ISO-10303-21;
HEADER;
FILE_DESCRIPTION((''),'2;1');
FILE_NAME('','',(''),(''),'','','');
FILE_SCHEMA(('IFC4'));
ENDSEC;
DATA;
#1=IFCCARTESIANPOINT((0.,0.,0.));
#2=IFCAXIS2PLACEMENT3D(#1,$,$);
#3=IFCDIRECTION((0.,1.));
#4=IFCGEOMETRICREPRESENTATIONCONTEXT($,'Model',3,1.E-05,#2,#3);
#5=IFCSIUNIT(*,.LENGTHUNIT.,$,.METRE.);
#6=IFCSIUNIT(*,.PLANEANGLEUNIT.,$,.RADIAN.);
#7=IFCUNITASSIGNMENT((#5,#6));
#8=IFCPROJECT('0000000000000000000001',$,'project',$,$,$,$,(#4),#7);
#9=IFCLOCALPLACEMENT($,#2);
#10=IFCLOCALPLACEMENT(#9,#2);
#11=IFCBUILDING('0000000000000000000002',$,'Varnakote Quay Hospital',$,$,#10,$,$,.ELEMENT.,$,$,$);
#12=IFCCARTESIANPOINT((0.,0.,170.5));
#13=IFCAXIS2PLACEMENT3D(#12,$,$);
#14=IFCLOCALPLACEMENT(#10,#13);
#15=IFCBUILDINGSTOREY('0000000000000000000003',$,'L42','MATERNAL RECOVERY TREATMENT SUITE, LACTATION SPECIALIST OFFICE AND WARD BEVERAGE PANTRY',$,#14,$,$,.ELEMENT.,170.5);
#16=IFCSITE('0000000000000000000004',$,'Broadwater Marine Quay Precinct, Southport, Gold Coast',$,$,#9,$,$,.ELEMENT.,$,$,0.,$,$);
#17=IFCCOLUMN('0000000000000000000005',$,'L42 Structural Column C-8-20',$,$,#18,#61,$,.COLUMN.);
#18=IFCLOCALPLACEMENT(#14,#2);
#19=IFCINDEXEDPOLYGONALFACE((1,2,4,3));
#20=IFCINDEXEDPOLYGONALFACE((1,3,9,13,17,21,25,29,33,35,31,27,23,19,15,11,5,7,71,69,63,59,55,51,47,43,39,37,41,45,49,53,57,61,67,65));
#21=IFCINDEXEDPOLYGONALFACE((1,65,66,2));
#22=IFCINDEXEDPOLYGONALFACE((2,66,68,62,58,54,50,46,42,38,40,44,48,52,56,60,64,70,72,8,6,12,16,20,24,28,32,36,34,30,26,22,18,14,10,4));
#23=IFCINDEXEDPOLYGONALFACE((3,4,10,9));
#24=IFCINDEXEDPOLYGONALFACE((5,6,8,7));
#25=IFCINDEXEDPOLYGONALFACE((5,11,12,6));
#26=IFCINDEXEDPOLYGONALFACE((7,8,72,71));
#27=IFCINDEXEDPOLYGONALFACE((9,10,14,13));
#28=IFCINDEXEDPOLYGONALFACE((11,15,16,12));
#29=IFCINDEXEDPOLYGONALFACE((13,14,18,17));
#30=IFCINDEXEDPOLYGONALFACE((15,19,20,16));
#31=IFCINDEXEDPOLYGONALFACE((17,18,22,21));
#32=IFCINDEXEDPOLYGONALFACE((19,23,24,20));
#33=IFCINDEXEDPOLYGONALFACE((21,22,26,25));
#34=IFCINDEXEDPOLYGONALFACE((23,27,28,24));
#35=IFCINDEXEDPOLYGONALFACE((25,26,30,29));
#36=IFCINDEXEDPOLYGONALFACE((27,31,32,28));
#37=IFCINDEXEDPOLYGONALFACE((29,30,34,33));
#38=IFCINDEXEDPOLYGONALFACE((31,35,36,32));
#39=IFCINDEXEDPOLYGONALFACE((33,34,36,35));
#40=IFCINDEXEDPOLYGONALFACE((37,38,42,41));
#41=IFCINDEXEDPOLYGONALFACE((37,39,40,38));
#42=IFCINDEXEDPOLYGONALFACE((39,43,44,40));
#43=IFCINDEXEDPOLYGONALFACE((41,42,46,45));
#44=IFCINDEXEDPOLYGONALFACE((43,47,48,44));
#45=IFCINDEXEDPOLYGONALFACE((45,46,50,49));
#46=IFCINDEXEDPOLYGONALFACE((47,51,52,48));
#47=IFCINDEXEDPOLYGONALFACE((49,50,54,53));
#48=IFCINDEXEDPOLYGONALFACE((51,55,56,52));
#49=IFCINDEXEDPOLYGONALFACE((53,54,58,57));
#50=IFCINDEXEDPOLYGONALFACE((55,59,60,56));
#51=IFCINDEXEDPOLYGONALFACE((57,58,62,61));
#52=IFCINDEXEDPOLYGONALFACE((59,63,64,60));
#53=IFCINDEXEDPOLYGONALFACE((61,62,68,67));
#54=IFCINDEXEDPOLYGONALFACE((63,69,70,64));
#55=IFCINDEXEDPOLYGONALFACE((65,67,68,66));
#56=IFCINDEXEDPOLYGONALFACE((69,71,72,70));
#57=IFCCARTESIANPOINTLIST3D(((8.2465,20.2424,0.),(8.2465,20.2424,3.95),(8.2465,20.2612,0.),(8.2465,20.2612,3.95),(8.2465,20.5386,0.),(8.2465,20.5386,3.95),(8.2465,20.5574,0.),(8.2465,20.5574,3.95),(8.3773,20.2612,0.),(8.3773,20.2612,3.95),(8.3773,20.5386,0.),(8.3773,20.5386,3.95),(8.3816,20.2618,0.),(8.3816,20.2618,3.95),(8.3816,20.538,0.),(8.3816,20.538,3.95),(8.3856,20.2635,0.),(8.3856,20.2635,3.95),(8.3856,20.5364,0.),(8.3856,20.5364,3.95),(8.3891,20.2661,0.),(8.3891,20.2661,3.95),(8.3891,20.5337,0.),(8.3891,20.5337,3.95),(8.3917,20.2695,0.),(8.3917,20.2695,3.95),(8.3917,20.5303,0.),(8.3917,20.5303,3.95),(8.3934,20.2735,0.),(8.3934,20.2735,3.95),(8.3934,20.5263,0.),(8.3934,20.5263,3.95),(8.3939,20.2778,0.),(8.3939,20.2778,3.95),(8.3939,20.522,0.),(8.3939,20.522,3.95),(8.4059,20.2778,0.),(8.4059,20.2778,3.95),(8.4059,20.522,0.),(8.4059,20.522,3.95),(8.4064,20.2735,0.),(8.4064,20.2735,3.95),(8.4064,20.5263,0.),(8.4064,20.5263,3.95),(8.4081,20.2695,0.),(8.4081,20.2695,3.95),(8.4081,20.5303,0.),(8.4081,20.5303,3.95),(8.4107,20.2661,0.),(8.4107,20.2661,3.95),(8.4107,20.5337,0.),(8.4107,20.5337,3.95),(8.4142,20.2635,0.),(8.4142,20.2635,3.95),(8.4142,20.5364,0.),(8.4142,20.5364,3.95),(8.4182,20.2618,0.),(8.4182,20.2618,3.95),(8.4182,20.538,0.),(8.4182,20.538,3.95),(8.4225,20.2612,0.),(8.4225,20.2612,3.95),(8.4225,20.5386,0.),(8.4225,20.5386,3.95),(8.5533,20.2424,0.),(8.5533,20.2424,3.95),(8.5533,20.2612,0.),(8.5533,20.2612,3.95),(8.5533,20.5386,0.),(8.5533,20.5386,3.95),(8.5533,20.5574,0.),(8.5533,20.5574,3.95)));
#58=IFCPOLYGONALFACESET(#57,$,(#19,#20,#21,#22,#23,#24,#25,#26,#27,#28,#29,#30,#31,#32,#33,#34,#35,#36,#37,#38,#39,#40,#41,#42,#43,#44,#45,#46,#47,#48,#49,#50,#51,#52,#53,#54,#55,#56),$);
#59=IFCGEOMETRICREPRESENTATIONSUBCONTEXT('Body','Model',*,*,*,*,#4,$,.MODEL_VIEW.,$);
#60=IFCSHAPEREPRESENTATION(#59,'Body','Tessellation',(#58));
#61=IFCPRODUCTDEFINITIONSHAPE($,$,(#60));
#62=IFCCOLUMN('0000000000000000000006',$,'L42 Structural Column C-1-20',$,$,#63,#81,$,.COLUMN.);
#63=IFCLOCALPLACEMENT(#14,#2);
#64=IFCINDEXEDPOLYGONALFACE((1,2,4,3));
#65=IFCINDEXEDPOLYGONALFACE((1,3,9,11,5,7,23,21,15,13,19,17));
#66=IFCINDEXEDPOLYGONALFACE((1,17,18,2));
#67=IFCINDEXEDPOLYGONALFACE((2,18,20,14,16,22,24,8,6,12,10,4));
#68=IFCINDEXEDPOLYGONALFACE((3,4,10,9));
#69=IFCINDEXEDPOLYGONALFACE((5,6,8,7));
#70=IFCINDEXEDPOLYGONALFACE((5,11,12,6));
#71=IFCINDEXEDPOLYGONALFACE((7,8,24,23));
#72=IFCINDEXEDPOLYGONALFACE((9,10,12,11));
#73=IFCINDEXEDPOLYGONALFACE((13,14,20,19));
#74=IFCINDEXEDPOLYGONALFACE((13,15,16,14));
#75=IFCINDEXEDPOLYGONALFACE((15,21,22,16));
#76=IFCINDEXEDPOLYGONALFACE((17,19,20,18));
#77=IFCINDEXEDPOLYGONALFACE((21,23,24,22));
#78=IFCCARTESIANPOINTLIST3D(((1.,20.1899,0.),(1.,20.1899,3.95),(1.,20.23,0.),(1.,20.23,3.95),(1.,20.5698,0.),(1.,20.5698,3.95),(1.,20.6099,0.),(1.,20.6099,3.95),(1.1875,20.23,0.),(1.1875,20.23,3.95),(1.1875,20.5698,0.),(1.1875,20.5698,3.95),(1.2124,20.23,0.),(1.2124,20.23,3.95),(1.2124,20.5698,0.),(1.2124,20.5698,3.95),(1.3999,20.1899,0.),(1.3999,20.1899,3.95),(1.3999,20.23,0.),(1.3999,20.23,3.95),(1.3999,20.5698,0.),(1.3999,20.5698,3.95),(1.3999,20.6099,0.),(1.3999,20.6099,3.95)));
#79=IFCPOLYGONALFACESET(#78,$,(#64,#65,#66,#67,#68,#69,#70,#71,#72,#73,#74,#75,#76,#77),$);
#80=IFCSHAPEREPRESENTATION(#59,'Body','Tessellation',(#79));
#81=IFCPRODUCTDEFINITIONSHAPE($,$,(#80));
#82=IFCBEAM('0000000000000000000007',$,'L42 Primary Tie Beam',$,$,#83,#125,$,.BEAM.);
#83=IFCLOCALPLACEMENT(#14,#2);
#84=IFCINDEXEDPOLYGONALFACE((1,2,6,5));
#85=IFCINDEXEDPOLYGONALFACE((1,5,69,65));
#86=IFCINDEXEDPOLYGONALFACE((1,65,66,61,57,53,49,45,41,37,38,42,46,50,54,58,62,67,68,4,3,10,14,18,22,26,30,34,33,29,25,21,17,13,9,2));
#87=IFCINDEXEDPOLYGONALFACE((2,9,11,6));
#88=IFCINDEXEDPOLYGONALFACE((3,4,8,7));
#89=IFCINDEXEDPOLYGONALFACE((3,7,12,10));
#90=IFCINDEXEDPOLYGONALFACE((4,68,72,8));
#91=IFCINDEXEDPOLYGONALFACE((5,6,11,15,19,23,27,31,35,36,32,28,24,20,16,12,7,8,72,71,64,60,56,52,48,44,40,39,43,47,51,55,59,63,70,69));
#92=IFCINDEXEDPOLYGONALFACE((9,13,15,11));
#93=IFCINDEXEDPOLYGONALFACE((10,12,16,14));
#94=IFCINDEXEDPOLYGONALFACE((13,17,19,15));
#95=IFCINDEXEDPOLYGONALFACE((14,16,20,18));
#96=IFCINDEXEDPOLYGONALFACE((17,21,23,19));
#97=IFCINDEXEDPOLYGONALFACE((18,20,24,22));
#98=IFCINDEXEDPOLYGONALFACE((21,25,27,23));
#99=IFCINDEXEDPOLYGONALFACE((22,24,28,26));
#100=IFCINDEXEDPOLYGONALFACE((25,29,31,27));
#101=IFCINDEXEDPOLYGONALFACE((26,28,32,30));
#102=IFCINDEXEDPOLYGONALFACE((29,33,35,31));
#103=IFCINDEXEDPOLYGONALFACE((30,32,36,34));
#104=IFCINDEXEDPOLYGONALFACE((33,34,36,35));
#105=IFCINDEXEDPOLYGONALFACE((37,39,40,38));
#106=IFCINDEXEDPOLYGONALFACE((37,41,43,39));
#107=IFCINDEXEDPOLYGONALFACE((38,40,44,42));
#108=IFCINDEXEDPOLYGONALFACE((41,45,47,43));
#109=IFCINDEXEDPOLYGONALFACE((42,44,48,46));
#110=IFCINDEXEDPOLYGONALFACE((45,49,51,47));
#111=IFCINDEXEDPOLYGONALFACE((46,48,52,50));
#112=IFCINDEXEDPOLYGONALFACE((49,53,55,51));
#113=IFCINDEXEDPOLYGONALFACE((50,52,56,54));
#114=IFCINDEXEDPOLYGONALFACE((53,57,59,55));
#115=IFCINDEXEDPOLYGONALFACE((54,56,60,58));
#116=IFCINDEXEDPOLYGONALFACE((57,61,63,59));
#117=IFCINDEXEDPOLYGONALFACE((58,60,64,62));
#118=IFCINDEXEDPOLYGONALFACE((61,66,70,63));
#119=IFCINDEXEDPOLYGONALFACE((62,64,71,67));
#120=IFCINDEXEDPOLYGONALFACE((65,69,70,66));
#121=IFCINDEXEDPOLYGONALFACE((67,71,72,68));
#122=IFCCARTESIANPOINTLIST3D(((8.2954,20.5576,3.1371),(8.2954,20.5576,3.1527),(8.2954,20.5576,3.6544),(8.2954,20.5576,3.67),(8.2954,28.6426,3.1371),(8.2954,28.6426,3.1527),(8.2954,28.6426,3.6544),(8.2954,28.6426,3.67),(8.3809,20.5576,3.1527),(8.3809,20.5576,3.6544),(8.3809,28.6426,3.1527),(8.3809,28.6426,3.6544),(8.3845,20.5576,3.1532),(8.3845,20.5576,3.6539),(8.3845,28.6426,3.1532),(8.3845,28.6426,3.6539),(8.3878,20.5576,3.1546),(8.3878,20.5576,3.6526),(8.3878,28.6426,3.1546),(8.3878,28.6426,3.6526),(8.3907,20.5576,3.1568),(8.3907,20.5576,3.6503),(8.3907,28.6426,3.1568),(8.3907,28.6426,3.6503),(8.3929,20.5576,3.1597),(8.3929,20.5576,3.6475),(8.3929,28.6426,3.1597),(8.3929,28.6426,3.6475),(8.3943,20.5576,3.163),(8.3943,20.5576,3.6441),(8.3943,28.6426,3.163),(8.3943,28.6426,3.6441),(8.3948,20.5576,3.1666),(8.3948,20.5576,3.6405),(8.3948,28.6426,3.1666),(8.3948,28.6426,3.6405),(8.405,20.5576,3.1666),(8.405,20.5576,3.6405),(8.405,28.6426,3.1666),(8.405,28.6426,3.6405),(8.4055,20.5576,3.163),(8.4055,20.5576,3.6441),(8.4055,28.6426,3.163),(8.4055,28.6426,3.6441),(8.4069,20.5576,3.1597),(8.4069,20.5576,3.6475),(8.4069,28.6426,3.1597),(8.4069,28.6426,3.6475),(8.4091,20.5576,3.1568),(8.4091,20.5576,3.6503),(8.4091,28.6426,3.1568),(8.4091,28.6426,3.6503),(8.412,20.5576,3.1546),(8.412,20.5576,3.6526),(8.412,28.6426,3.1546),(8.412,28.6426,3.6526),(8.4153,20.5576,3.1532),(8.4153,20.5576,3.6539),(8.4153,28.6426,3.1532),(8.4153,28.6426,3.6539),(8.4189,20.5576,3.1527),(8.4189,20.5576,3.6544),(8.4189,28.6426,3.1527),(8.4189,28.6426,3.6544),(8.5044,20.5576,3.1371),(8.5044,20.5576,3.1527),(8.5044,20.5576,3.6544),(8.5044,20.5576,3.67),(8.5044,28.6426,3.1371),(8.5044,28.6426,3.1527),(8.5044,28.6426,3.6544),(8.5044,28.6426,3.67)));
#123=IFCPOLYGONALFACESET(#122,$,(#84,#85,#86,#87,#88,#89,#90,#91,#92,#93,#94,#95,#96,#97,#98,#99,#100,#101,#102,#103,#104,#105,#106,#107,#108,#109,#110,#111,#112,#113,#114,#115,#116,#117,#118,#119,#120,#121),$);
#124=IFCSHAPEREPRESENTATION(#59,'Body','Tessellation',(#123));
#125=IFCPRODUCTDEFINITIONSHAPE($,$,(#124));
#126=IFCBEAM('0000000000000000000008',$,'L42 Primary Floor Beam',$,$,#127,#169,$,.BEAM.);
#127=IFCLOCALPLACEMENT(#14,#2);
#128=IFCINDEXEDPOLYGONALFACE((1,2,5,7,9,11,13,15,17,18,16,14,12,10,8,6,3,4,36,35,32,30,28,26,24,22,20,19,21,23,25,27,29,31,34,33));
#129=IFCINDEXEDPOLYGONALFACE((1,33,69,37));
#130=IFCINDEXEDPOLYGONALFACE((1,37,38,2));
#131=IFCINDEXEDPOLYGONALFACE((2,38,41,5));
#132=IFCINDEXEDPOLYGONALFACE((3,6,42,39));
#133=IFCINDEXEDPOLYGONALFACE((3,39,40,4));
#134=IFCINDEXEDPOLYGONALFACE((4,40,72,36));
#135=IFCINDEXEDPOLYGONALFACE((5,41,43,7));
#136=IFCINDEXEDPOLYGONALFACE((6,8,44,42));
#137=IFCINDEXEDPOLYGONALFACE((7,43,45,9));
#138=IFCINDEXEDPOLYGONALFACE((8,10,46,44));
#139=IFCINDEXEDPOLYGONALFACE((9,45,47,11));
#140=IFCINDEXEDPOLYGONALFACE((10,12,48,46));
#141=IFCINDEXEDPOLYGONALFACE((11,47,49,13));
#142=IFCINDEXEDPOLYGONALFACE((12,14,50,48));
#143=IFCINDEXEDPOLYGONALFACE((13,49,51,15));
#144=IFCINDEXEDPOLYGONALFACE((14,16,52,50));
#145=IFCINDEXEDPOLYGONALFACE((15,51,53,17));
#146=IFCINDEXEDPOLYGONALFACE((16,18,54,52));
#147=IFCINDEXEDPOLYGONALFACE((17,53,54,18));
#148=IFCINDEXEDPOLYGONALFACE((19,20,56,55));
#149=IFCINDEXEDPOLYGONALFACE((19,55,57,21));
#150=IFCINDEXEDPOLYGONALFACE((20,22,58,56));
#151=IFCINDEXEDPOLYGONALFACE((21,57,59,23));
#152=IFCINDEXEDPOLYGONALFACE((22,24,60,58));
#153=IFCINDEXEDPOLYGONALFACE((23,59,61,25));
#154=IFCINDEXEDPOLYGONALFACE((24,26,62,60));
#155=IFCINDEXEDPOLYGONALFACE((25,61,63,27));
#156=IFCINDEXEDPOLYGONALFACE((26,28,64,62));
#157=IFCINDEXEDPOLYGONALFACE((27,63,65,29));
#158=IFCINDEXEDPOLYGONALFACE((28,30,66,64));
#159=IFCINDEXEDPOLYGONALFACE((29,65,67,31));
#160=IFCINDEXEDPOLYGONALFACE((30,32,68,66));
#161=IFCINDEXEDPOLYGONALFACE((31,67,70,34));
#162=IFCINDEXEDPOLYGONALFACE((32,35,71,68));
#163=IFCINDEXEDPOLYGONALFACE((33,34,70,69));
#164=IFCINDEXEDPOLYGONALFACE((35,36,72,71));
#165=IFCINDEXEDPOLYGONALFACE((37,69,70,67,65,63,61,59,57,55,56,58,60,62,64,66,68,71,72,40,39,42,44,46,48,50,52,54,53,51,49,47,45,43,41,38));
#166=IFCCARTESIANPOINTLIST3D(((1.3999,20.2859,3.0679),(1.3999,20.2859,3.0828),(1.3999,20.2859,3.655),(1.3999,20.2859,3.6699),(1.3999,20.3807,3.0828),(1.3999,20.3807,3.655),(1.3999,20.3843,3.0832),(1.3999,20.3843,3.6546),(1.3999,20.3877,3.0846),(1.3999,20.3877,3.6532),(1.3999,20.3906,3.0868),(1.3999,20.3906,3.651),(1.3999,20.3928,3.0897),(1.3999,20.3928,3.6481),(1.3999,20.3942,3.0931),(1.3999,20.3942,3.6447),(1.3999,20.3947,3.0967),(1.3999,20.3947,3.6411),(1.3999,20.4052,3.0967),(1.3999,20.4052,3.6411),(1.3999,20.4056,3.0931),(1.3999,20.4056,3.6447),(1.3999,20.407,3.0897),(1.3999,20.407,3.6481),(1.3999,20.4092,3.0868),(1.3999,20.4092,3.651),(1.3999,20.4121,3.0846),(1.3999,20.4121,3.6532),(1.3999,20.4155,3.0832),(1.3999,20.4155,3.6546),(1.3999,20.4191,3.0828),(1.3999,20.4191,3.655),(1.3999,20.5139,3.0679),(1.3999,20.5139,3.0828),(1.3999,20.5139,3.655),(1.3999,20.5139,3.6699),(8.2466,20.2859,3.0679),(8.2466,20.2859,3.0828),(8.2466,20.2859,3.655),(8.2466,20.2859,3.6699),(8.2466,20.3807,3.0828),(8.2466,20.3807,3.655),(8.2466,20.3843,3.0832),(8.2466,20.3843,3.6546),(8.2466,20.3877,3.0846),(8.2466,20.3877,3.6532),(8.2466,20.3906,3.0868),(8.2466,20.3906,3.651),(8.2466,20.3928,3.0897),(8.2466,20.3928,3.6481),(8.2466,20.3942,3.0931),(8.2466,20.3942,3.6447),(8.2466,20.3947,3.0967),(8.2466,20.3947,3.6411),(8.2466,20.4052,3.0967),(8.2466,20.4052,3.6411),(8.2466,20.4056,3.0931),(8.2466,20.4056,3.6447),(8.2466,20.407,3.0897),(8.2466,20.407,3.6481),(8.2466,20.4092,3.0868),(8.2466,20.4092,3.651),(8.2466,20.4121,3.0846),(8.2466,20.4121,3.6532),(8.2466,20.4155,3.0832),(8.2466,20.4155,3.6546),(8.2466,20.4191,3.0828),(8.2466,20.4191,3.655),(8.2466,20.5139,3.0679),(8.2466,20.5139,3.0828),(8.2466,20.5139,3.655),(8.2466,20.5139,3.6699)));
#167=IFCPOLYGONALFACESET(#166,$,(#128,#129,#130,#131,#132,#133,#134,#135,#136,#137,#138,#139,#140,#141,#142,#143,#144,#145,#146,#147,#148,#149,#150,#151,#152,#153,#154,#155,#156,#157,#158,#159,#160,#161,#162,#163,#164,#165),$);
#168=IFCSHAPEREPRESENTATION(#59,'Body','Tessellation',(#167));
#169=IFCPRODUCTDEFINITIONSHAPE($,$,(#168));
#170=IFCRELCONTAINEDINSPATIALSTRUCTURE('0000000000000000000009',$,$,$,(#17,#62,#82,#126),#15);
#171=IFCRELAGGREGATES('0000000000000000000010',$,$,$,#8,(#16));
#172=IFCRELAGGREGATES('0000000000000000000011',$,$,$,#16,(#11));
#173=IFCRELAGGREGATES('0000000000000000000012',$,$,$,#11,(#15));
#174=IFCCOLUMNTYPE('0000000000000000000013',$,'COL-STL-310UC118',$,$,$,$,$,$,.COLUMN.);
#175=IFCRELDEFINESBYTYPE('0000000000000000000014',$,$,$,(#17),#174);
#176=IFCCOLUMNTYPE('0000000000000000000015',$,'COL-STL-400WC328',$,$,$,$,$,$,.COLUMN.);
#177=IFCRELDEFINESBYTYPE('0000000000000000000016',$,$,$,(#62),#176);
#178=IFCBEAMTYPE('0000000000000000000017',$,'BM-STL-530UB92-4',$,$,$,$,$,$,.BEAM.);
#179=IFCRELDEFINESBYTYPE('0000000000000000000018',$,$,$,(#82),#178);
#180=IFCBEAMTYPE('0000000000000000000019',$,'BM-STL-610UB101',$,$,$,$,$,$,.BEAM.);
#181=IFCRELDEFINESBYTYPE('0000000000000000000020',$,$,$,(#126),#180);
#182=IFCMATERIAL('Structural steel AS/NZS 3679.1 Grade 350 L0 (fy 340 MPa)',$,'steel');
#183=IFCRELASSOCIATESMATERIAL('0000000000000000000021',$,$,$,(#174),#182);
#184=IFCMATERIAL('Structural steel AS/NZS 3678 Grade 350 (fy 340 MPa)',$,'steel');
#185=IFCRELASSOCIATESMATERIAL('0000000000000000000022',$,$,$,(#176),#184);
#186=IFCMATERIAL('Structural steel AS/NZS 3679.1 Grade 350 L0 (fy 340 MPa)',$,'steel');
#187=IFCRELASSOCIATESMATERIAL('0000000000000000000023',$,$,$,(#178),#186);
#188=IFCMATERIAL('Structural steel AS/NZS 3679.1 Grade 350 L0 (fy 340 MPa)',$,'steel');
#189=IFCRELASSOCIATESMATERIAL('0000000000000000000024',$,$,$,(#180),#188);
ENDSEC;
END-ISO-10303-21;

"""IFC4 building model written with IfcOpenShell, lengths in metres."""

from ifc_helpers import new_model, si_unit, direction, frame, origin, origin_2d, place, context, subcontext, project, spatial, i_section, extrude, material, material_profile, profile_set, type_object, element, save


model = new_model("IFC4")

# Units and contexts
model_context = context("Model", 3, precision=1e-05, world=origin(), true_north=direction((0.0, 1.0)))
body_context = subcontext(model_context, "Body", "Model", "MODEL_VIEW")
ifc_project = project(units=[si_unit("LENGTHUNIT", "METRE"), si_unit("PLANEANGLEUNIT", "RADIAN")], contexts=[model_context])

# Site, building, storey
site_placement = place(None, origin())
site = spatial("IfcSite", under=ifc_project, at=site_placement, Name="Broadwater Marine Quay Precinct, Southport, Gold Coast", CompositionType="ELEMENT", RefElevation=0.0)
building_placement = place(site_placement, origin())
building = spatial("IfcBuilding", under=site, at=building_placement, Name="Varnakote Quay Hospital", CompositionType="ELEMENT")
storey_placement = place(building_placement, frame((0.0, 0.0, 170.5)))
storey = spatial("IfcBuildingStorey", under=building, at=storey_placement, Name="L42", Description="MATERNAL RECOVERY TREATMENT SUITE, LACTATION SPECIALIST OFFICE AND WARD BEVERAGE PANTRY", CompositionType="ELEMENT", Elevation=170.5)

# Columns
ifc_material_1 = material(Name="Structural steel AS/NZS 3679.1 Grade 350 L0 (fy 340 MPa)", Category="steel")
ifc_material_profile_1 = material_profile(ifc_material_1, i_section(OverallWidth=0.3069, OverallDepth=0.3149, WebThickness=0.012, FlangeThickness=0.0188, FilletRadius=0.0166, at=origin_2d()), Name="310UC118")
ifc_profile_set_1 = profile_set([ifc_material_profile_1], Name="Structural steel AS/NZS 3679.1 Grade 350 L0 (fy 340 MPa)")
column_type_1 = type_object("IfcColumnType", Name="COL-STL-310UC118", PredefinedType="COLUMN", material=ifc_profile_set_1)
column_1_placement = place(storey_placement, frame((8.3999, 20.3999, 0.0), z_axis=(0.0, 0.0, 1.0), x_axis=(1.0, 0.0, 0.0)))
element("IfcColumn", 1, at=column_1_placement, inside=storey, type_object=column_type_1, Name="L42 Structural Column C-8-20", PredefinedType="COLUMN", context=body_context, shape_type="SweptSolid", body=[
    extrude(i_section(OverallWidth=0.3069, OverallDepth=0.3149, WebThickness=0.012, FlangeThickness=0.0188, FilletRadius=0.0166, at=origin_2d()), origin(), (0.0, 0.0, 1.0), 3.95),
])
ifc_material_2 = material(Name="Structural steel AS/NZS 3678 Grade 350 (fy 340 MPa)", Category="steel")
ifc_material_profile_2 = material_profile(ifc_material_2, i_section(OverallWidth=0.3999, OverallDepth=0.4199, WebThickness=0.0249, FlangeThickness=0.04, at=origin_2d()), Name="400WC328")
ifc_profile_set_2 = profile_set([ifc_material_profile_2], Name="Structural steel AS/NZS 3678 Grade 350 (fy 340 MPa)")
column_type_2 = type_object("IfcColumnType", Name="COL-STL-400WC328", PredefinedType="COLUMN", material=ifc_profile_set_2)
column_2_placement = place(storey_placement, frame((1.2, 20.3999, 0.0), z_axis=(0.0, 0.0, 1.0), x_axis=(1.0, 0.0, 0.0)))
element("IfcColumn", 2, at=column_2_placement, inside=storey, type_object=column_type_2, Name="L42 Structural Column C-1-20", PredefinedType="COLUMN", context=body_context, shape_type="SweptSolid", body=[
    extrude(i_section(OverallWidth=0.3999, OverallDepth=0.4199, WebThickness=0.0249, FlangeThickness=0.04, at=origin_2d()), origin(), (0.0, 0.0, 1.0), 3.95),
])

# Beams
ifc_material_3 = material(Name="Structural steel AS/NZS 3679.1 Grade 350 L0 (fy 340 MPa)", Category="steel")
ifc_material_profile_3 = material_profile(ifc_material_3, i_section(OverallWidth=0.209, OverallDepth=0.533, WebThickness=0.0103, FlangeThickness=0.0156, FilletRadius=0.0139, at=origin_2d()), Name="530UB92.4")
ifc_profile_set_3 = profile_set([ifc_material_profile_3], Name="Structural steel AS/NZS 3679.1 Grade 350 L0 (fy 340 MPa)")
beam_type_1 = type_object("IfcBeamType", Name="BM-STL-530UB92-4", PredefinedType="BEAM", material=ifc_profile_set_3)
beam_1_placement = place(storey_placement, frame((8.3999, 20.5576, 3.4036), z_axis=(0.0, 1.0, 0.0), x_axis=(-1.0, 0.0, 0.0)))
element("IfcBeam", 3, at=beam_1_placement, inside=storey, type_object=beam_type_1, Name="L42 Primary Tie Beam", PredefinedType="BEAM", context=body_context, shape_type="SweptSolid", body=[
    extrude(i_section(OverallWidth=0.209, OverallDepth=0.533, WebThickness=0.0103, FlangeThickness=0.0156, FilletRadius=0.0139, at=origin_2d()), origin(), (0.0, 0.0, 1.0), 8.085),
])
ifc_material_4 = material(Name="Structural steel AS/NZS 3679.1 Grade 350 L0 (fy 340 MPa)", Category="steel")
ifc_material_profile_4 = material_profile(ifc_material_4, i_section(OverallWidth=0.228, OverallDepth=0.6021, WebThickness=0.0105, FlangeThickness=0.0149, FilletRadius=0.0139, at=origin_2d()), Name="610UB101")
ifc_profile_set_4 = profile_set([ifc_material_profile_4], Name="Structural steel AS/NZS 3679.1 Grade 350 L0 (fy 340 MPa)")
beam_type_2 = type_object("IfcBeamType", Name="BM-STL-610UB101", PredefinedType="BEAM", material=ifc_profile_set_4)
beam_2_placement = place(storey_placement, frame((1.3999, 20.3999, 3.3689), z_axis=(1.0, 0.0, 0.0), x_axis=(0.0, 1.0, 0.0)))
element("IfcBeam", 4, at=beam_2_placement, inside=storey, type_object=beam_type_2, Name="L42 Primary Floor Beam", PredefinedType="BEAM", context=body_context, shape_type="SweptSolid", body=[
    extrude(i_section(OverallWidth=0.228, OverallDepth=0.6021, WebThickness=0.0105, FlangeThickness=0.0149, FilletRadius=0.0139, at=origin_2d()), origin(), (0.0, 0.0, 1.0), 6.8467),
])

save(model, "model.ifc")
